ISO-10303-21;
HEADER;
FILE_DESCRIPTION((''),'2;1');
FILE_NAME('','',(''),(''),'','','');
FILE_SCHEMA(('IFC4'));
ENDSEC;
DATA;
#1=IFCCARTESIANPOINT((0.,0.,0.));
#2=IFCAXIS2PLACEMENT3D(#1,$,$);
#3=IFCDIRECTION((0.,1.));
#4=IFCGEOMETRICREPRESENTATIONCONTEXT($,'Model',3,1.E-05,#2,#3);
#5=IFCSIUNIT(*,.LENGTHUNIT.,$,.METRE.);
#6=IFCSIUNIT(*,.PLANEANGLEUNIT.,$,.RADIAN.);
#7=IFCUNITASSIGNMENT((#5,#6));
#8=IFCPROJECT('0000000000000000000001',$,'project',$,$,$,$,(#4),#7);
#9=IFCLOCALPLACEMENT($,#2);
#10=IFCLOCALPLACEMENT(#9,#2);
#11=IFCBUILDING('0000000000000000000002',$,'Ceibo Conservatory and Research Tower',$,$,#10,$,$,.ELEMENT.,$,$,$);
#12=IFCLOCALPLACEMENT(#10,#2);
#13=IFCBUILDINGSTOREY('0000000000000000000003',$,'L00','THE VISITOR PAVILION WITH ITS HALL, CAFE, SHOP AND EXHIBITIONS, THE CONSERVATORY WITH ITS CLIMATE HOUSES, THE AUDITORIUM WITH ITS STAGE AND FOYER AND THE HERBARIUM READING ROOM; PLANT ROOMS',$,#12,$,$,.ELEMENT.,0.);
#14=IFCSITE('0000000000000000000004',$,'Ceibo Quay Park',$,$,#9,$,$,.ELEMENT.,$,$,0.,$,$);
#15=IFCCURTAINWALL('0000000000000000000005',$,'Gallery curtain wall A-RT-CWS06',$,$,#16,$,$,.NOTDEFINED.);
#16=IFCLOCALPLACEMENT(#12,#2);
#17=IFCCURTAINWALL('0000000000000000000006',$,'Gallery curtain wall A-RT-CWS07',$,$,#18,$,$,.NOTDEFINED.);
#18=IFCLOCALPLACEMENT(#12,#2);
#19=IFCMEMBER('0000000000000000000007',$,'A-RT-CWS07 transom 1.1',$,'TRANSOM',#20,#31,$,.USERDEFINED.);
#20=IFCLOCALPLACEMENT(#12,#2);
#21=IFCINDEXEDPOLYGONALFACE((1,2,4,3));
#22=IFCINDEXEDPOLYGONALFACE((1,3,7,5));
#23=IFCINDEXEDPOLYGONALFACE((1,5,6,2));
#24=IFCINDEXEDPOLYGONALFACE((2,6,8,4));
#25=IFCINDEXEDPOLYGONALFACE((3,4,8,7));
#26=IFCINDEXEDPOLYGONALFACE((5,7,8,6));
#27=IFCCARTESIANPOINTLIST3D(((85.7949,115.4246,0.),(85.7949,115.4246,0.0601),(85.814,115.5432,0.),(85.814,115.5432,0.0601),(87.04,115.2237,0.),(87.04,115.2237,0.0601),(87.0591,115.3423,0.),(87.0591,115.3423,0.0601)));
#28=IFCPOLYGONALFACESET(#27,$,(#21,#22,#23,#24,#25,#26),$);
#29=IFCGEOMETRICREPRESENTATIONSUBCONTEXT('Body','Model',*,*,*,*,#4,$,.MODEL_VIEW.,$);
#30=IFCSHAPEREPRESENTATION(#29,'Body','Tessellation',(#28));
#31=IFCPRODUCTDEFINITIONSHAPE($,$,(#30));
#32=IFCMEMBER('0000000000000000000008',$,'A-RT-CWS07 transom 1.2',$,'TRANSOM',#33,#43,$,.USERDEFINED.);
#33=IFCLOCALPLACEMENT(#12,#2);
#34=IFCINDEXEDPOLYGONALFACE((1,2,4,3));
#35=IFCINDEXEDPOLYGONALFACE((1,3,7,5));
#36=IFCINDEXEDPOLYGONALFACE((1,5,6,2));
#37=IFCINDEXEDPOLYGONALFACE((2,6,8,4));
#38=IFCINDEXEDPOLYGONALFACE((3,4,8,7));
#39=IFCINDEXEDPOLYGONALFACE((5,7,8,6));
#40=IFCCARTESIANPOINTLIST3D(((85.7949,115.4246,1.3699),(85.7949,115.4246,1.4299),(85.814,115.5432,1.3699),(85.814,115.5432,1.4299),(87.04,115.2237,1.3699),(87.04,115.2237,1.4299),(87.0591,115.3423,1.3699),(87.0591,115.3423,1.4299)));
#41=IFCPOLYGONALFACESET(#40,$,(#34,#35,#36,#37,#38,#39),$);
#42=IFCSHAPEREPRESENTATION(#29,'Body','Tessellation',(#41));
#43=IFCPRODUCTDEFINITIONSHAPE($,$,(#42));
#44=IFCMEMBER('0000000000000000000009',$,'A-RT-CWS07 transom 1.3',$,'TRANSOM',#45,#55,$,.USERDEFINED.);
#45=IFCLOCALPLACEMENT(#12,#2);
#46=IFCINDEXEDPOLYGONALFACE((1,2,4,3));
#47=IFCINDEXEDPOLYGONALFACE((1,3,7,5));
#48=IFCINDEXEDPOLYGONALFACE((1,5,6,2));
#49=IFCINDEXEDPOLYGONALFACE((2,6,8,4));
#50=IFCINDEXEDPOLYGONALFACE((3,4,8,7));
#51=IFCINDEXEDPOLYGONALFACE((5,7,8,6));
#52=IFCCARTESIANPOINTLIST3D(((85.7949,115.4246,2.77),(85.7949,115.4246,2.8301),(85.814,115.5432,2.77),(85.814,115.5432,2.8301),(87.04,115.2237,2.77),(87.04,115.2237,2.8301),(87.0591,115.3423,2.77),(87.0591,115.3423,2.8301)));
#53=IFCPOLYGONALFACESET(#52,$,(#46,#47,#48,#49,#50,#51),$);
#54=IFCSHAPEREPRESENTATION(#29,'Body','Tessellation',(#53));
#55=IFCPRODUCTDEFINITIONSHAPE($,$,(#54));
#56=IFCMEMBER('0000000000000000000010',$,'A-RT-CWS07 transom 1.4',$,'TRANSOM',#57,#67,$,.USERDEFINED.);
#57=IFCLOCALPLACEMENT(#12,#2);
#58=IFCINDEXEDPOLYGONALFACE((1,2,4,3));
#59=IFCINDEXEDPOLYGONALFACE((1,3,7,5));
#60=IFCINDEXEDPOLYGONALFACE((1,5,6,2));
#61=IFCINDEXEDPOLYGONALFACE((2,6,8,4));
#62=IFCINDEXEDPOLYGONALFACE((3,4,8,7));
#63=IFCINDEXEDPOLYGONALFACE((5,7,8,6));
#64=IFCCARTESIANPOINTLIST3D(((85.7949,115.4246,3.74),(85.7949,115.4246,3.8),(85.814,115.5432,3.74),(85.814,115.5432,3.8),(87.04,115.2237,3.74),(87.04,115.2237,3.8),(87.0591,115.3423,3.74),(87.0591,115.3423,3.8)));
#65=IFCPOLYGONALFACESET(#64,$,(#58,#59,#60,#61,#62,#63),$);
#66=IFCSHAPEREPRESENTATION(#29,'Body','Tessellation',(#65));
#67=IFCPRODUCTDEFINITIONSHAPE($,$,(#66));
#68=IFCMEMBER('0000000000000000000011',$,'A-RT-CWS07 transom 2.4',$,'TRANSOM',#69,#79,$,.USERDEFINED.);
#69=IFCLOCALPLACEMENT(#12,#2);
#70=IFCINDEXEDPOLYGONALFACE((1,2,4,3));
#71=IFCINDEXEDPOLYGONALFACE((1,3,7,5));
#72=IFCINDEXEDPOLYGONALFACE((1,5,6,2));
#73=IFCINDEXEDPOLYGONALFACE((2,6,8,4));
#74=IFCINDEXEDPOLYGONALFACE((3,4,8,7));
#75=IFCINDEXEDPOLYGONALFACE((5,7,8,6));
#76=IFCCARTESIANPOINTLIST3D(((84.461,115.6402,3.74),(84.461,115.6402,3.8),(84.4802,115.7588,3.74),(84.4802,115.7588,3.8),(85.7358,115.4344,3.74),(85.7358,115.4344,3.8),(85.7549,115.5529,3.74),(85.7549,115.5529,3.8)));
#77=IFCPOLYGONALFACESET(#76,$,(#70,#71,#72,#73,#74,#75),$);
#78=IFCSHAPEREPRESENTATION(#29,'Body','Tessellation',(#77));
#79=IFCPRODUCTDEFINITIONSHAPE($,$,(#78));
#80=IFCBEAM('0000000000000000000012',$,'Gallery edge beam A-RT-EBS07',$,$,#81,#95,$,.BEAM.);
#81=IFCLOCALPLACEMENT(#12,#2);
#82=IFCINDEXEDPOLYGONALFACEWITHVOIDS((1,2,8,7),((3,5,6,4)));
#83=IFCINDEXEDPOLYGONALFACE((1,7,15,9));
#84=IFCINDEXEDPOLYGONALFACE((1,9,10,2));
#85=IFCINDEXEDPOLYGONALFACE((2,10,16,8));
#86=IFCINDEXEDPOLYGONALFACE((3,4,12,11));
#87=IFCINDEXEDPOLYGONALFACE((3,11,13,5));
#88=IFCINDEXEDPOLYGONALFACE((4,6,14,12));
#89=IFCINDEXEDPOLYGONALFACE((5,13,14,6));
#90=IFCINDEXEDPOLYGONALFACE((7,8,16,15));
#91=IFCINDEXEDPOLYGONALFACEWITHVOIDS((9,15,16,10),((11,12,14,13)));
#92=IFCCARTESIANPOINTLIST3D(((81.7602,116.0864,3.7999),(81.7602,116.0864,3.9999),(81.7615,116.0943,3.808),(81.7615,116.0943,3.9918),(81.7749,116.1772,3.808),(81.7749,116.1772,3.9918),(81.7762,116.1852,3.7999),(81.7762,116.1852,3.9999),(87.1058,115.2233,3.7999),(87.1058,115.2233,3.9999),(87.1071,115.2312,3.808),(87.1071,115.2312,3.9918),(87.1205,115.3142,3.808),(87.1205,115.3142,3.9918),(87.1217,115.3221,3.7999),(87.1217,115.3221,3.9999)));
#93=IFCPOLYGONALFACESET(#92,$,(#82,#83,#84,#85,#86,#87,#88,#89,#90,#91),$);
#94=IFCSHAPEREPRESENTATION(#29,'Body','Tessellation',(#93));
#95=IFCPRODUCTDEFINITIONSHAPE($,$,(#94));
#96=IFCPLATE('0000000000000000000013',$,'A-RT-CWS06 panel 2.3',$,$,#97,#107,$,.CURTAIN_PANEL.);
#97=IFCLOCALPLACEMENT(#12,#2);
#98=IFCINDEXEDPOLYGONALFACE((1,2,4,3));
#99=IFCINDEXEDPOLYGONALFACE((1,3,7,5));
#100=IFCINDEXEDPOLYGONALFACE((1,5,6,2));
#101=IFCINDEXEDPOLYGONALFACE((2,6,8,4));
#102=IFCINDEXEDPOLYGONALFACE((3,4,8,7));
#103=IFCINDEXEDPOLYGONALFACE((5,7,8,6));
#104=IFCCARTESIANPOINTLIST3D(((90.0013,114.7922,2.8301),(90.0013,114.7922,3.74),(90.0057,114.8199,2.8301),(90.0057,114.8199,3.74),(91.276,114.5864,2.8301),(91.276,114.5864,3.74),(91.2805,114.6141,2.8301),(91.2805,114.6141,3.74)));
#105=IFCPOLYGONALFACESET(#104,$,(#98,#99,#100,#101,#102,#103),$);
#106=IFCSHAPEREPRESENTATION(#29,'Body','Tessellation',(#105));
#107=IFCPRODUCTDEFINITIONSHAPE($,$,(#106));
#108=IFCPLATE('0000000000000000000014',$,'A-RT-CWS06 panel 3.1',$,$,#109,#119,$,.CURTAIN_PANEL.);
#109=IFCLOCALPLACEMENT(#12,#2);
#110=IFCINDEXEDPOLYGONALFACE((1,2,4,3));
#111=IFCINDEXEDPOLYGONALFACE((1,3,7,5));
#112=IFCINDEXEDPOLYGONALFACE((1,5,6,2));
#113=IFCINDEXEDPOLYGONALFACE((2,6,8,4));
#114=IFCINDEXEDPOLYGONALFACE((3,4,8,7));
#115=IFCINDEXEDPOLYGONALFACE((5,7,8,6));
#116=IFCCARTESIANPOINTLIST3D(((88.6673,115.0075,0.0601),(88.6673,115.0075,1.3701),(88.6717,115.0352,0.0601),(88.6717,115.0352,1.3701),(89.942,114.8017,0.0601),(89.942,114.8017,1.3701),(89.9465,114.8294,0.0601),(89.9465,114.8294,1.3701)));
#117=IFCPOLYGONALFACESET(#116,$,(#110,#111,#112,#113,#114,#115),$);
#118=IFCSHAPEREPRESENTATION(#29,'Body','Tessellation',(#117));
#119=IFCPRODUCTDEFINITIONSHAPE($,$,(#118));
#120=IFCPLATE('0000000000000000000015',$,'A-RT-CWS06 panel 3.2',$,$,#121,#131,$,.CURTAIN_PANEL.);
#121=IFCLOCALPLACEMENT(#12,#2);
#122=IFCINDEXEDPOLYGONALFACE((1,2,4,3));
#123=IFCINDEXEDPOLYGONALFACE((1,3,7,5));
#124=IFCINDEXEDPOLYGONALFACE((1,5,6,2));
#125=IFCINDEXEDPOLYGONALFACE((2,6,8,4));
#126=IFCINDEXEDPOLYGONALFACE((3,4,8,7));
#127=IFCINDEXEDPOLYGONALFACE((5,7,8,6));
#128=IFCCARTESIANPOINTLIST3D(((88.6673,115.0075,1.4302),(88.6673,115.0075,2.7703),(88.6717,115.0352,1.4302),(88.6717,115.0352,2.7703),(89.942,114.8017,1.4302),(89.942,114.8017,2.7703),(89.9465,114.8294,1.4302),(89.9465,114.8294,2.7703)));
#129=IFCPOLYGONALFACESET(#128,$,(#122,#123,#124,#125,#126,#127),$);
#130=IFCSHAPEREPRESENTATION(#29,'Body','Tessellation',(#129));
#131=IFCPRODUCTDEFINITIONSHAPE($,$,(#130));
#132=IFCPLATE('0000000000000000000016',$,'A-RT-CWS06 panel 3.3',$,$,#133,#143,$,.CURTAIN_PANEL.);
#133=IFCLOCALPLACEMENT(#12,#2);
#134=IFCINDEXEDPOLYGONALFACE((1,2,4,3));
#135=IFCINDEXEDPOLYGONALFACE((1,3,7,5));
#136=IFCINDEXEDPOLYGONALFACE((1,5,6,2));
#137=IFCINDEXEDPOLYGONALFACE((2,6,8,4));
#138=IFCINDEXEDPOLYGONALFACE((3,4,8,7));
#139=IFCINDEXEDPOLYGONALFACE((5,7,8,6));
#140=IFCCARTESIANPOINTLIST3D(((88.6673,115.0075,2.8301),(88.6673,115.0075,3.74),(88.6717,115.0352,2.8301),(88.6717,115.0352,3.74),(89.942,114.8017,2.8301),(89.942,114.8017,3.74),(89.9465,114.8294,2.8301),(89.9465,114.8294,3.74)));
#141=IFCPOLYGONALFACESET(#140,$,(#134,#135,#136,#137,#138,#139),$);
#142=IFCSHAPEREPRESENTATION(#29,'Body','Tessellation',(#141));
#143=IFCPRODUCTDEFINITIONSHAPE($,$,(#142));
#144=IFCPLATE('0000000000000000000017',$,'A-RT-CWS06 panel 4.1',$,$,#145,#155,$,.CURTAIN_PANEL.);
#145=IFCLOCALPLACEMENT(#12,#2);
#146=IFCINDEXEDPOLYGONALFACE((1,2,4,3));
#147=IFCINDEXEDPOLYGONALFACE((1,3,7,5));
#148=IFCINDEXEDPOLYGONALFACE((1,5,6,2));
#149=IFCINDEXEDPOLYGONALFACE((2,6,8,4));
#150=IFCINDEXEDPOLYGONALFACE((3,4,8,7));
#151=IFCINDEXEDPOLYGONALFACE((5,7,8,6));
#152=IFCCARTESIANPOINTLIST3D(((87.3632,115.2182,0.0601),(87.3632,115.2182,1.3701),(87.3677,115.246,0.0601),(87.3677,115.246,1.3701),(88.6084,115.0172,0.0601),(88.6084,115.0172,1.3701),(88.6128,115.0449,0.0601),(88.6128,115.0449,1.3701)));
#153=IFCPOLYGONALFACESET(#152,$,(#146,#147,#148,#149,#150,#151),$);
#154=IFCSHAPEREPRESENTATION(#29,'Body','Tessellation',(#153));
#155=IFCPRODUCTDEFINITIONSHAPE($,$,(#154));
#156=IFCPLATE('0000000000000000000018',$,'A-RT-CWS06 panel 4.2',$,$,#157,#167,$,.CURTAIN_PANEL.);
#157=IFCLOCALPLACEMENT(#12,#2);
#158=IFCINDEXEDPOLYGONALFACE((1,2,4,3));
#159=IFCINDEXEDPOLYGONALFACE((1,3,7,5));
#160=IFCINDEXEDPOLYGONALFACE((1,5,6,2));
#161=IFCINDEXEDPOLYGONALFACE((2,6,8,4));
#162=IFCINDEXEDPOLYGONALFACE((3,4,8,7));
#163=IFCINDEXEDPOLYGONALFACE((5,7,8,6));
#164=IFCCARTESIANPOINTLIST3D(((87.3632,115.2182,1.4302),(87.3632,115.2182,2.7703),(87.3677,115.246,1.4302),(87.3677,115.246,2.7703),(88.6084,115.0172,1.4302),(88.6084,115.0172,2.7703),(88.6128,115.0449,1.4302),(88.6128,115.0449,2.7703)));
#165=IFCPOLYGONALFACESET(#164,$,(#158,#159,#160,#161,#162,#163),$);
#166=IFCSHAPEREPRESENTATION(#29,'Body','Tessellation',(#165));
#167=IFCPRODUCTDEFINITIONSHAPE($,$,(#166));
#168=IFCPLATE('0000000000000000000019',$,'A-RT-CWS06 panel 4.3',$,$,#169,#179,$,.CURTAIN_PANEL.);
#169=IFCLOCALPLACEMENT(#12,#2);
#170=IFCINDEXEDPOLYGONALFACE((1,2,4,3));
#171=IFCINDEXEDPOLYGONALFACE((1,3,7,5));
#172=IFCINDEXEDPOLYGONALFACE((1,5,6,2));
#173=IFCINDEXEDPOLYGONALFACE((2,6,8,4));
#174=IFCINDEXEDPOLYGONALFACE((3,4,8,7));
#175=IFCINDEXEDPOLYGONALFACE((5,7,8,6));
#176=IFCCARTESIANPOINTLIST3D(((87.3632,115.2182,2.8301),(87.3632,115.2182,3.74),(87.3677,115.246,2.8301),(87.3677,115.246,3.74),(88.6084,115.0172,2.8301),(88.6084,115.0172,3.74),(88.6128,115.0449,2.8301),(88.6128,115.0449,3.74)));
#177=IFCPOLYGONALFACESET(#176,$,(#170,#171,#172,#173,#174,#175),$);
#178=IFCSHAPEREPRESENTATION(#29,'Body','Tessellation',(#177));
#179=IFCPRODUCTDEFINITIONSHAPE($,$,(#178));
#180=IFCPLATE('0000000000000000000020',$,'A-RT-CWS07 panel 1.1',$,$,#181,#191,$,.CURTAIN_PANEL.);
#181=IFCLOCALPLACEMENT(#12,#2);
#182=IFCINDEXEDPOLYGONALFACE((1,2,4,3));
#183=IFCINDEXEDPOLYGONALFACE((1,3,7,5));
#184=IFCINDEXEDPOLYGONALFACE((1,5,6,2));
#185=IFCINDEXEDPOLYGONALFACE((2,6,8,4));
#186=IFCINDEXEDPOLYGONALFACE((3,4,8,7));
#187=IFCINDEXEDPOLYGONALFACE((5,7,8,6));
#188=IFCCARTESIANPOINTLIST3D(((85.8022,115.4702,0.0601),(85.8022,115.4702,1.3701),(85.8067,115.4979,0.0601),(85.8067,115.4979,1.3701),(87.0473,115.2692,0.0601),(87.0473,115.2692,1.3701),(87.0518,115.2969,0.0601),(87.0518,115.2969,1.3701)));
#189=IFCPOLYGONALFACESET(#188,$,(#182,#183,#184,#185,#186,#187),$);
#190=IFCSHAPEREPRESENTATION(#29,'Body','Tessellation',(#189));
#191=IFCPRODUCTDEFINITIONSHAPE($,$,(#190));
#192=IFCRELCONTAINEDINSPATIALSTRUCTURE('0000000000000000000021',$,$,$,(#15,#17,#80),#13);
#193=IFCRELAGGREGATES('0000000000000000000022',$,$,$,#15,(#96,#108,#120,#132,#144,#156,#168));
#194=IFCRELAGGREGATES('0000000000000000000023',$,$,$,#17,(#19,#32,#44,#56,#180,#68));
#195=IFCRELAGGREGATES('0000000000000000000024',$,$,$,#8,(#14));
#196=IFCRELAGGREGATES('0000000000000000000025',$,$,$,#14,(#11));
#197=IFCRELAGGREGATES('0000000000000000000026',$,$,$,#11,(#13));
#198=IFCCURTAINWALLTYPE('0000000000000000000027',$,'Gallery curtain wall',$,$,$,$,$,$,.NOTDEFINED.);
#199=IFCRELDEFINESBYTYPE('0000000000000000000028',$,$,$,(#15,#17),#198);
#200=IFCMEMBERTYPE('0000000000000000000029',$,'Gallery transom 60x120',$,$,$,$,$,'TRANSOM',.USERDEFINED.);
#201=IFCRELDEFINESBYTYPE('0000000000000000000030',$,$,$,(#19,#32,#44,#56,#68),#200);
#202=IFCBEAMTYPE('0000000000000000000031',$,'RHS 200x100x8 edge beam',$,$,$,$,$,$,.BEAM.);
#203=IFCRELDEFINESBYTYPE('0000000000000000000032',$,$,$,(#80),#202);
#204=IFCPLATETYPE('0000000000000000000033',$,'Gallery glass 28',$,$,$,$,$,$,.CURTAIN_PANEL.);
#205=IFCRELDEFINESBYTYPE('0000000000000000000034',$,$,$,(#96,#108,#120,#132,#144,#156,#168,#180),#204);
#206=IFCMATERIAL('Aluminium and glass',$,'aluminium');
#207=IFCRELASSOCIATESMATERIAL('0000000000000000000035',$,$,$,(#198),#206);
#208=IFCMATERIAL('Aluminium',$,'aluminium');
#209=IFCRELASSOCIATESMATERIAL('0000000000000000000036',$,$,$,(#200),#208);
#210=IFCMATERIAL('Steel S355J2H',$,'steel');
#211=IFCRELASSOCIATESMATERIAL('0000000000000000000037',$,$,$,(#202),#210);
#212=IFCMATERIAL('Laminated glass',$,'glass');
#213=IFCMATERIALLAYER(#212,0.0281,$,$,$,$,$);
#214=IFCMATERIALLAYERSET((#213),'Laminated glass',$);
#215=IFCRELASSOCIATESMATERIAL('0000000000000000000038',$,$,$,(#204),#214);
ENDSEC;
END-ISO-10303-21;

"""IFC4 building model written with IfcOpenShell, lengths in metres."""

from ifc_helpers import new_model, si_unit, direction, frame, origin, origin_2d, place, context, subcontext, project, spatial, rectangle, hollow_rectangle, extrude, material, layer, layer_set, material_profile, profile_set, type_object, element, aggregate, save


model = new_model("IFC4")

# Units and contexts
model_context = context("Model", 3, precision=1e-05, world=origin(), true_north=direction((0.0, 1.0)))
body_context = subcontext(model_context, "Body", "Model", "MODEL_VIEW")
ifc_project = project(units=[si_unit("LENGTHUNIT", "METRE"), si_unit("PLANEANGLEUNIT", "RADIAN")], contexts=[model_context])

# Site, building, storey
site_placement = place(None, origin())
site = spatial("IfcSite", under=ifc_project, at=site_placement, Name="Ceibo Quay Park", CompositionType="ELEMENT", RefElevation=0.0)
building_placement = place(site_placement, origin())
building = spatial("IfcBuilding", under=site, at=building_placement, Name="Ceibo Conservatory and Research Tower", CompositionType="ELEMENT")
storey_placement = place(building_placement, origin())
storey = spatial("IfcBuildingStorey", under=building, at=storey_placement, Name="L00", Description="THE VISITOR PAVILION WITH ITS HALL, CAFE, SHOP AND EXHIBITIONS, THE CONSERVATORY WITH ITS CLIMATE HOUSES, THE AUDITORIUM WITH ITS STAGE AND FOYER AND THE HERBARIUM READING ROOM; PLANT ROOMS", CompositionType="ELEMENT", Elevation=0.0)

# Shared definitions
ifc_material_1 = material(Name="Steel S355J2H", Category="steel")

# Curtain walls
ifc_material_2 = material(Name="Aluminium and glass", Category="aluminium")
curtain_wall_type = type_object("IfcCurtainWallType", Name="Gallery curtain wall", PredefinedType="NOTDEFINED", material=ifc_material_2)
curtain_wall_1_placement = place(storey_placement, origin())
curtain_wall_1 = element("IfcCurtainWall", 1, at=curtain_wall_1_placement, inside=storey, type_object=curtain_wall_type, Name="Gallery curtain wall A-RT-CWS06", PredefinedType="NOTDEFINED")
ifc_material_3 = material(Name="Aluminium", Category="aluminium")
curtain_wall_2_placement = place(storey_placement, origin())
curtain_wall_2 = element("IfcCurtainWall", 2, at=curtain_wall_2_placement, inside=storey, type_object=curtain_wall_type, Name="Gallery curtain wall A-RT-CWS07", PredefinedType="NOTDEFINED")

# Members
ifc_material_profile_1 = material_profile(ifc_material_3, rectangle(XDim=0.1201, YDim=0.0601, at=origin_2d()), Name="AL 60x120")
ifc_profile_set_1 = profile_set([ifc_material_profile_1], Name="Aluminium")
member_type_1 = type_object("IfcMemberType", Name="Gallery transom 60x120", ElementType="TRANSOM", PredefinedType="USERDEFINED", material=ifc_profile_set_1)
member_1_placement = place(storey_placement, frame((87.0496, 115.283, 0.03), z_axis=(-0.987228, 0.159312, 0.0), x_axis=(-0.159312, -0.987228, 0.0)))
member_1 = element("IfcMember", 3, at=member_1_placement, type_object=member_type_1, Name="A-RT-CWS07 transom 1.1", ObjectType="TRANSOM", PredefinedType="USERDEFINED", context=body_context, shape_type="SweptSolid", body=[
    extrude(rectangle(XDim=0.1201, YDim=0.0601, at=origin_2d()), origin(), (0.0, 0.0, 1.0), 1.2612),
])
member_2_placement = place(storey_placement, frame((87.0496, 115.283, 1.3999), z_axis=(-0.987228, 0.159312, 0.0), x_axis=(-0.159312, -0.987228, 0.0)))
member_2 = element("IfcMember", 4, at=member_2_placement, type_object=member_type_1, Name="A-RT-CWS07 transom 1.2", ObjectType="TRANSOM", PredefinedType="USERDEFINED", context=body_context, shape_type="SweptSolid", body=[
    extrude(rectangle(XDim=0.1201, YDim=0.0601, at=origin_2d()), origin(), (0.0, 0.0, 1.0), 1.2612),
])
member_3_placement = place(storey_placement, frame((87.0496, 115.283, 2.8), z_axis=(-0.987228, 0.159312, 0.0), x_axis=(-0.159312, -0.987228, 0.0)))
member_3 = element("IfcMember", 5, at=member_3_placement, type_object=member_type_1, Name="A-RT-CWS07 transom 1.3", ObjectType="TRANSOM", PredefinedType="USERDEFINED", context=body_context, shape_type="SweptSolid", body=[
    extrude(rectangle(XDim=0.1201, YDim=0.0601, at=origin_2d()), origin(), (0.0, 0.0, 1.0), 1.2612),
])
member_4_placement = place(storey_placement, frame((87.0496, 115.283, 3.77), z_axis=(-0.987228, 0.159312, 0.0), x_axis=(-0.159312, -0.987228, 0.0)))
member_4 = element("IfcMember", 6, at=member_4_placement, type_object=member_type_1, Name="A-RT-CWS07 transom 1.4", ObjectType="TRANSOM", PredefinedType="USERDEFINED", context=body_context, shape_type="SweptSolid", body=[
    extrude(rectangle(XDim=0.1201, YDim=0.0601, at=origin_2d()), origin(), (0.0, 0.0, 1.0), 1.2612),
])
member_5_placement = place(storey_placement, frame((85.7454, 115.4937, 3.77), z_axis=(-0.987214, 0.159399, 0.0), x_axis=(-0.159399, -0.987214, 0.0)))
member_5 = element("IfcMember", 7, at=member_5_placement, type_object=member_type_1, Name="A-RT-CWS07 transom 2.4", ObjectType="TRANSOM", PredefinedType="USERDEFINED", context=body_context, shape_type="SweptSolid", body=[
    extrude(rectangle(XDim=0.1201, YDim=0.0601, at=origin_2d()), origin(), (0.0, 0.0, 1.0), 1.2913),
])

# Beam
ifc_material_profile_2 = material_profile(ifc_material_1, hollow_rectangle(XDim=0.1001, YDim=0.2, WallThickness=0.0081, at=origin_2d()), Name="RHS 200x100x8 edge beam")
ifc_profile_set_2 = profile_set([ifc_material_profile_2], Name="Steel S355J2H")
beam_type = type_object("IfcBeamType", Name="RHS 200x100x8 edge beam", PredefinedType="BEAM", material=ifc_profile_set_2)
beam_placement = place(storey_placement, frame((87.1138, 115.2727, 3.8999), z_axis=(-0.987216, 0.159388, 0.0), x_axis=(-0.159388, -0.987216, 0.0)))
element("IfcBeam", 8, at=beam_placement, inside=storey, type_object=beam_type, Name="Gallery edge beam A-RT-EBS07", PredefinedType="BEAM", context=body_context, shape_type="SweptSolid", body=[
    extrude(hollow_rectangle(XDim=0.1001, YDim=0.2, WallThickness=0.0081, at=origin_2d()), origin(), (0.0, 0.0, 1.0), 5.4148),
])

# Plates
ifc_material_4 = material(Name="Laminated glass", Category="glass")
ifc_layer = layer(ifc_material_4, 0.0281)
ifc_layer_set = layer_set([ifc_layer], Name="Laminated glass")
plate_type = type_object("IfcPlateType", Name="Gallery glass 28", PredefinedType="CURTAIN_PANEL", material=ifc_layer_set)
plate_1_placement = place(storey_placement, frame((90.6409, 114.7031, 2.8301), z_axis=(0.0, 0.0, 1.0), x_axis=(-0.987216, 0.159391, 0.0)))
plate_1 = element("IfcPlate", 9, at=plate_1_placement, type_object=plate_type, Name="A-RT-CWS06 panel 2.3", PredefinedType="CURTAIN_PANEL", context=body_context, shape_type="SweptSolid", body=[
    extrude(rectangle(XDim=1.2913, YDim=0.0281, at=origin_2d()), origin(), (0.0, 0.0, 1.0), 0.9099),
])
plate_2_placement = place(storey_placement, frame((89.3069, 114.9185, 0.0601), z_axis=(0.0, 0.0, 1.0), x_axis=(-0.987216, 0.159391, 0.0)))
plate_2 = element("IfcPlate", 10, at=plate_2_placement, type_object=plate_type, Name="A-RT-CWS06 panel 3.1", PredefinedType="CURTAIN_PANEL", context=body_context, shape_type="SweptSolid", body=[
    extrude(rectangle(XDim=1.2913, YDim=0.0281, at=origin_2d()), origin(), (0.0, 0.0, 1.0), 1.3101),
])
plate_3_placement = place(storey_placement, frame((89.3069, 114.9185, 1.4302), z_axis=(0.0, 0.0, 1.0), x_axis=(-0.987216, 0.159391, 0.0)))
plate_3 = element("IfcPlate", 11, at=plate_3_placement, type_object=plate_type, Name="A-RT-CWS06 panel 3.2", PredefinedType="CURTAIN_PANEL", context=body_context, shape_type="SweptSolid", body=[
    extrude(rectangle(XDim=1.2913, YDim=0.0281, at=origin_2d()), origin(), (0.0, 0.0, 1.0), 1.3401),
])
plate_4_placement = place(storey_placement, frame((89.3069, 114.9185, 2.8301), z_axis=(0.0, 0.0, 1.0), x_axis=(-0.987216, 0.159391, 0.0)))
plate_4 = element("IfcPlate", 12, at=plate_4_placement, type_object=plate_type, Name="A-RT-CWS06 panel 3.3", PredefinedType="CURTAIN_PANEL", context=body_context, shape_type="SweptSolid", body=[
    extrude(rectangle(XDim=1.2913, YDim=0.0281, at=origin_2d()), origin(), (0.0, 0.0, 1.0), 0.9099),
])
plate_5_placement = place(storey_placement, frame((87.988, 115.1316, 0.0601), z_axis=(0.0, 0.0, 1.0), x_axis=(-0.987216, 0.159391, 0.0)))
plate_5 = element("IfcPlate", 13, at=plate_5_placement, type_object=plate_type, Name="A-RT-CWS06 panel 4.1", PredefinedType="CURTAIN_PANEL", context=body_context, shape_type="SweptSolid", body=[
    extrude(rectangle(XDim=1.2612, YDim=0.0281, at=origin_2d()), origin(), (0.0, 0.0, 1.0), 1.3101),
])
plate_6_placement = place(storey_placement, frame((87.988, 115.1316, 1.4302), z_axis=(0.0, 0.0, 1.0), x_axis=(-0.987216, 0.159391, 0.0)))
plate_6 = element("IfcPlate", 14, at=plate_6_placement, type_object=plate_type, Name="A-RT-CWS06 panel 4.2", PredefinedType="CURTAIN_PANEL", context=body_context, shape_type="SweptSolid", body=[
    extrude(rectangle(XDim=1.2612, YDim=0.0281, at=origin_2d()), origin(), (0.0, 0.0, 1.0), 1.3401),
])
plate_7_placement = place(storey_placement, frame((87.988, 115.1316, 2.8301), z_axis=(0.0, 0.0, 1.0), x_axis=(-0.987216, 0.159391, 0.0)))
plate_7 = element("IfcPlate", 15, at=plate_7_placement, type_object=plate_type, Name="A-RT-CWS06 panel 4.3", PredefinedType="CURTAIN_PANEL", context=body_context, shape_type="SweptSolid", body=[
    extrude(rectangle(XDim=1.2612, YDim=0.0281, at=origin_2d()), origin(), (0.0, 0.0, 1.0), 0.9099),
])
aggregate(curtain_wall_1, [plate_1, plate_2, plate_3, plate_4, plate_5, plate_6, plate_7])
plate_8_placement = place(storey_placement, frame((86.427, 115.3835, 0.0601), z_axis=(0.0, 0.0, 1.0), x_axis=(-0.987216, 0.159391, 0.0)))
plate_8 = element("IfcPlate", 16, at=plate_8_placement, type_object=plate_type, Name="A-RT-CWS07 panel 1.1", PredefinedType="CURTAIN_PANEL", context=body_context, shape_type="SweptSolid", body=[
    extrude(rectangle(XDim=1.2612, YDim=0.0281, at=origin_2d()), origin(), (0.0, 0.0, 1.0), 1.3101),
])
aggregate(curtain_wall_2, [member_1, member_2, member_3, member_4, plate_8, member_5])

save(model, "model.ifc")
